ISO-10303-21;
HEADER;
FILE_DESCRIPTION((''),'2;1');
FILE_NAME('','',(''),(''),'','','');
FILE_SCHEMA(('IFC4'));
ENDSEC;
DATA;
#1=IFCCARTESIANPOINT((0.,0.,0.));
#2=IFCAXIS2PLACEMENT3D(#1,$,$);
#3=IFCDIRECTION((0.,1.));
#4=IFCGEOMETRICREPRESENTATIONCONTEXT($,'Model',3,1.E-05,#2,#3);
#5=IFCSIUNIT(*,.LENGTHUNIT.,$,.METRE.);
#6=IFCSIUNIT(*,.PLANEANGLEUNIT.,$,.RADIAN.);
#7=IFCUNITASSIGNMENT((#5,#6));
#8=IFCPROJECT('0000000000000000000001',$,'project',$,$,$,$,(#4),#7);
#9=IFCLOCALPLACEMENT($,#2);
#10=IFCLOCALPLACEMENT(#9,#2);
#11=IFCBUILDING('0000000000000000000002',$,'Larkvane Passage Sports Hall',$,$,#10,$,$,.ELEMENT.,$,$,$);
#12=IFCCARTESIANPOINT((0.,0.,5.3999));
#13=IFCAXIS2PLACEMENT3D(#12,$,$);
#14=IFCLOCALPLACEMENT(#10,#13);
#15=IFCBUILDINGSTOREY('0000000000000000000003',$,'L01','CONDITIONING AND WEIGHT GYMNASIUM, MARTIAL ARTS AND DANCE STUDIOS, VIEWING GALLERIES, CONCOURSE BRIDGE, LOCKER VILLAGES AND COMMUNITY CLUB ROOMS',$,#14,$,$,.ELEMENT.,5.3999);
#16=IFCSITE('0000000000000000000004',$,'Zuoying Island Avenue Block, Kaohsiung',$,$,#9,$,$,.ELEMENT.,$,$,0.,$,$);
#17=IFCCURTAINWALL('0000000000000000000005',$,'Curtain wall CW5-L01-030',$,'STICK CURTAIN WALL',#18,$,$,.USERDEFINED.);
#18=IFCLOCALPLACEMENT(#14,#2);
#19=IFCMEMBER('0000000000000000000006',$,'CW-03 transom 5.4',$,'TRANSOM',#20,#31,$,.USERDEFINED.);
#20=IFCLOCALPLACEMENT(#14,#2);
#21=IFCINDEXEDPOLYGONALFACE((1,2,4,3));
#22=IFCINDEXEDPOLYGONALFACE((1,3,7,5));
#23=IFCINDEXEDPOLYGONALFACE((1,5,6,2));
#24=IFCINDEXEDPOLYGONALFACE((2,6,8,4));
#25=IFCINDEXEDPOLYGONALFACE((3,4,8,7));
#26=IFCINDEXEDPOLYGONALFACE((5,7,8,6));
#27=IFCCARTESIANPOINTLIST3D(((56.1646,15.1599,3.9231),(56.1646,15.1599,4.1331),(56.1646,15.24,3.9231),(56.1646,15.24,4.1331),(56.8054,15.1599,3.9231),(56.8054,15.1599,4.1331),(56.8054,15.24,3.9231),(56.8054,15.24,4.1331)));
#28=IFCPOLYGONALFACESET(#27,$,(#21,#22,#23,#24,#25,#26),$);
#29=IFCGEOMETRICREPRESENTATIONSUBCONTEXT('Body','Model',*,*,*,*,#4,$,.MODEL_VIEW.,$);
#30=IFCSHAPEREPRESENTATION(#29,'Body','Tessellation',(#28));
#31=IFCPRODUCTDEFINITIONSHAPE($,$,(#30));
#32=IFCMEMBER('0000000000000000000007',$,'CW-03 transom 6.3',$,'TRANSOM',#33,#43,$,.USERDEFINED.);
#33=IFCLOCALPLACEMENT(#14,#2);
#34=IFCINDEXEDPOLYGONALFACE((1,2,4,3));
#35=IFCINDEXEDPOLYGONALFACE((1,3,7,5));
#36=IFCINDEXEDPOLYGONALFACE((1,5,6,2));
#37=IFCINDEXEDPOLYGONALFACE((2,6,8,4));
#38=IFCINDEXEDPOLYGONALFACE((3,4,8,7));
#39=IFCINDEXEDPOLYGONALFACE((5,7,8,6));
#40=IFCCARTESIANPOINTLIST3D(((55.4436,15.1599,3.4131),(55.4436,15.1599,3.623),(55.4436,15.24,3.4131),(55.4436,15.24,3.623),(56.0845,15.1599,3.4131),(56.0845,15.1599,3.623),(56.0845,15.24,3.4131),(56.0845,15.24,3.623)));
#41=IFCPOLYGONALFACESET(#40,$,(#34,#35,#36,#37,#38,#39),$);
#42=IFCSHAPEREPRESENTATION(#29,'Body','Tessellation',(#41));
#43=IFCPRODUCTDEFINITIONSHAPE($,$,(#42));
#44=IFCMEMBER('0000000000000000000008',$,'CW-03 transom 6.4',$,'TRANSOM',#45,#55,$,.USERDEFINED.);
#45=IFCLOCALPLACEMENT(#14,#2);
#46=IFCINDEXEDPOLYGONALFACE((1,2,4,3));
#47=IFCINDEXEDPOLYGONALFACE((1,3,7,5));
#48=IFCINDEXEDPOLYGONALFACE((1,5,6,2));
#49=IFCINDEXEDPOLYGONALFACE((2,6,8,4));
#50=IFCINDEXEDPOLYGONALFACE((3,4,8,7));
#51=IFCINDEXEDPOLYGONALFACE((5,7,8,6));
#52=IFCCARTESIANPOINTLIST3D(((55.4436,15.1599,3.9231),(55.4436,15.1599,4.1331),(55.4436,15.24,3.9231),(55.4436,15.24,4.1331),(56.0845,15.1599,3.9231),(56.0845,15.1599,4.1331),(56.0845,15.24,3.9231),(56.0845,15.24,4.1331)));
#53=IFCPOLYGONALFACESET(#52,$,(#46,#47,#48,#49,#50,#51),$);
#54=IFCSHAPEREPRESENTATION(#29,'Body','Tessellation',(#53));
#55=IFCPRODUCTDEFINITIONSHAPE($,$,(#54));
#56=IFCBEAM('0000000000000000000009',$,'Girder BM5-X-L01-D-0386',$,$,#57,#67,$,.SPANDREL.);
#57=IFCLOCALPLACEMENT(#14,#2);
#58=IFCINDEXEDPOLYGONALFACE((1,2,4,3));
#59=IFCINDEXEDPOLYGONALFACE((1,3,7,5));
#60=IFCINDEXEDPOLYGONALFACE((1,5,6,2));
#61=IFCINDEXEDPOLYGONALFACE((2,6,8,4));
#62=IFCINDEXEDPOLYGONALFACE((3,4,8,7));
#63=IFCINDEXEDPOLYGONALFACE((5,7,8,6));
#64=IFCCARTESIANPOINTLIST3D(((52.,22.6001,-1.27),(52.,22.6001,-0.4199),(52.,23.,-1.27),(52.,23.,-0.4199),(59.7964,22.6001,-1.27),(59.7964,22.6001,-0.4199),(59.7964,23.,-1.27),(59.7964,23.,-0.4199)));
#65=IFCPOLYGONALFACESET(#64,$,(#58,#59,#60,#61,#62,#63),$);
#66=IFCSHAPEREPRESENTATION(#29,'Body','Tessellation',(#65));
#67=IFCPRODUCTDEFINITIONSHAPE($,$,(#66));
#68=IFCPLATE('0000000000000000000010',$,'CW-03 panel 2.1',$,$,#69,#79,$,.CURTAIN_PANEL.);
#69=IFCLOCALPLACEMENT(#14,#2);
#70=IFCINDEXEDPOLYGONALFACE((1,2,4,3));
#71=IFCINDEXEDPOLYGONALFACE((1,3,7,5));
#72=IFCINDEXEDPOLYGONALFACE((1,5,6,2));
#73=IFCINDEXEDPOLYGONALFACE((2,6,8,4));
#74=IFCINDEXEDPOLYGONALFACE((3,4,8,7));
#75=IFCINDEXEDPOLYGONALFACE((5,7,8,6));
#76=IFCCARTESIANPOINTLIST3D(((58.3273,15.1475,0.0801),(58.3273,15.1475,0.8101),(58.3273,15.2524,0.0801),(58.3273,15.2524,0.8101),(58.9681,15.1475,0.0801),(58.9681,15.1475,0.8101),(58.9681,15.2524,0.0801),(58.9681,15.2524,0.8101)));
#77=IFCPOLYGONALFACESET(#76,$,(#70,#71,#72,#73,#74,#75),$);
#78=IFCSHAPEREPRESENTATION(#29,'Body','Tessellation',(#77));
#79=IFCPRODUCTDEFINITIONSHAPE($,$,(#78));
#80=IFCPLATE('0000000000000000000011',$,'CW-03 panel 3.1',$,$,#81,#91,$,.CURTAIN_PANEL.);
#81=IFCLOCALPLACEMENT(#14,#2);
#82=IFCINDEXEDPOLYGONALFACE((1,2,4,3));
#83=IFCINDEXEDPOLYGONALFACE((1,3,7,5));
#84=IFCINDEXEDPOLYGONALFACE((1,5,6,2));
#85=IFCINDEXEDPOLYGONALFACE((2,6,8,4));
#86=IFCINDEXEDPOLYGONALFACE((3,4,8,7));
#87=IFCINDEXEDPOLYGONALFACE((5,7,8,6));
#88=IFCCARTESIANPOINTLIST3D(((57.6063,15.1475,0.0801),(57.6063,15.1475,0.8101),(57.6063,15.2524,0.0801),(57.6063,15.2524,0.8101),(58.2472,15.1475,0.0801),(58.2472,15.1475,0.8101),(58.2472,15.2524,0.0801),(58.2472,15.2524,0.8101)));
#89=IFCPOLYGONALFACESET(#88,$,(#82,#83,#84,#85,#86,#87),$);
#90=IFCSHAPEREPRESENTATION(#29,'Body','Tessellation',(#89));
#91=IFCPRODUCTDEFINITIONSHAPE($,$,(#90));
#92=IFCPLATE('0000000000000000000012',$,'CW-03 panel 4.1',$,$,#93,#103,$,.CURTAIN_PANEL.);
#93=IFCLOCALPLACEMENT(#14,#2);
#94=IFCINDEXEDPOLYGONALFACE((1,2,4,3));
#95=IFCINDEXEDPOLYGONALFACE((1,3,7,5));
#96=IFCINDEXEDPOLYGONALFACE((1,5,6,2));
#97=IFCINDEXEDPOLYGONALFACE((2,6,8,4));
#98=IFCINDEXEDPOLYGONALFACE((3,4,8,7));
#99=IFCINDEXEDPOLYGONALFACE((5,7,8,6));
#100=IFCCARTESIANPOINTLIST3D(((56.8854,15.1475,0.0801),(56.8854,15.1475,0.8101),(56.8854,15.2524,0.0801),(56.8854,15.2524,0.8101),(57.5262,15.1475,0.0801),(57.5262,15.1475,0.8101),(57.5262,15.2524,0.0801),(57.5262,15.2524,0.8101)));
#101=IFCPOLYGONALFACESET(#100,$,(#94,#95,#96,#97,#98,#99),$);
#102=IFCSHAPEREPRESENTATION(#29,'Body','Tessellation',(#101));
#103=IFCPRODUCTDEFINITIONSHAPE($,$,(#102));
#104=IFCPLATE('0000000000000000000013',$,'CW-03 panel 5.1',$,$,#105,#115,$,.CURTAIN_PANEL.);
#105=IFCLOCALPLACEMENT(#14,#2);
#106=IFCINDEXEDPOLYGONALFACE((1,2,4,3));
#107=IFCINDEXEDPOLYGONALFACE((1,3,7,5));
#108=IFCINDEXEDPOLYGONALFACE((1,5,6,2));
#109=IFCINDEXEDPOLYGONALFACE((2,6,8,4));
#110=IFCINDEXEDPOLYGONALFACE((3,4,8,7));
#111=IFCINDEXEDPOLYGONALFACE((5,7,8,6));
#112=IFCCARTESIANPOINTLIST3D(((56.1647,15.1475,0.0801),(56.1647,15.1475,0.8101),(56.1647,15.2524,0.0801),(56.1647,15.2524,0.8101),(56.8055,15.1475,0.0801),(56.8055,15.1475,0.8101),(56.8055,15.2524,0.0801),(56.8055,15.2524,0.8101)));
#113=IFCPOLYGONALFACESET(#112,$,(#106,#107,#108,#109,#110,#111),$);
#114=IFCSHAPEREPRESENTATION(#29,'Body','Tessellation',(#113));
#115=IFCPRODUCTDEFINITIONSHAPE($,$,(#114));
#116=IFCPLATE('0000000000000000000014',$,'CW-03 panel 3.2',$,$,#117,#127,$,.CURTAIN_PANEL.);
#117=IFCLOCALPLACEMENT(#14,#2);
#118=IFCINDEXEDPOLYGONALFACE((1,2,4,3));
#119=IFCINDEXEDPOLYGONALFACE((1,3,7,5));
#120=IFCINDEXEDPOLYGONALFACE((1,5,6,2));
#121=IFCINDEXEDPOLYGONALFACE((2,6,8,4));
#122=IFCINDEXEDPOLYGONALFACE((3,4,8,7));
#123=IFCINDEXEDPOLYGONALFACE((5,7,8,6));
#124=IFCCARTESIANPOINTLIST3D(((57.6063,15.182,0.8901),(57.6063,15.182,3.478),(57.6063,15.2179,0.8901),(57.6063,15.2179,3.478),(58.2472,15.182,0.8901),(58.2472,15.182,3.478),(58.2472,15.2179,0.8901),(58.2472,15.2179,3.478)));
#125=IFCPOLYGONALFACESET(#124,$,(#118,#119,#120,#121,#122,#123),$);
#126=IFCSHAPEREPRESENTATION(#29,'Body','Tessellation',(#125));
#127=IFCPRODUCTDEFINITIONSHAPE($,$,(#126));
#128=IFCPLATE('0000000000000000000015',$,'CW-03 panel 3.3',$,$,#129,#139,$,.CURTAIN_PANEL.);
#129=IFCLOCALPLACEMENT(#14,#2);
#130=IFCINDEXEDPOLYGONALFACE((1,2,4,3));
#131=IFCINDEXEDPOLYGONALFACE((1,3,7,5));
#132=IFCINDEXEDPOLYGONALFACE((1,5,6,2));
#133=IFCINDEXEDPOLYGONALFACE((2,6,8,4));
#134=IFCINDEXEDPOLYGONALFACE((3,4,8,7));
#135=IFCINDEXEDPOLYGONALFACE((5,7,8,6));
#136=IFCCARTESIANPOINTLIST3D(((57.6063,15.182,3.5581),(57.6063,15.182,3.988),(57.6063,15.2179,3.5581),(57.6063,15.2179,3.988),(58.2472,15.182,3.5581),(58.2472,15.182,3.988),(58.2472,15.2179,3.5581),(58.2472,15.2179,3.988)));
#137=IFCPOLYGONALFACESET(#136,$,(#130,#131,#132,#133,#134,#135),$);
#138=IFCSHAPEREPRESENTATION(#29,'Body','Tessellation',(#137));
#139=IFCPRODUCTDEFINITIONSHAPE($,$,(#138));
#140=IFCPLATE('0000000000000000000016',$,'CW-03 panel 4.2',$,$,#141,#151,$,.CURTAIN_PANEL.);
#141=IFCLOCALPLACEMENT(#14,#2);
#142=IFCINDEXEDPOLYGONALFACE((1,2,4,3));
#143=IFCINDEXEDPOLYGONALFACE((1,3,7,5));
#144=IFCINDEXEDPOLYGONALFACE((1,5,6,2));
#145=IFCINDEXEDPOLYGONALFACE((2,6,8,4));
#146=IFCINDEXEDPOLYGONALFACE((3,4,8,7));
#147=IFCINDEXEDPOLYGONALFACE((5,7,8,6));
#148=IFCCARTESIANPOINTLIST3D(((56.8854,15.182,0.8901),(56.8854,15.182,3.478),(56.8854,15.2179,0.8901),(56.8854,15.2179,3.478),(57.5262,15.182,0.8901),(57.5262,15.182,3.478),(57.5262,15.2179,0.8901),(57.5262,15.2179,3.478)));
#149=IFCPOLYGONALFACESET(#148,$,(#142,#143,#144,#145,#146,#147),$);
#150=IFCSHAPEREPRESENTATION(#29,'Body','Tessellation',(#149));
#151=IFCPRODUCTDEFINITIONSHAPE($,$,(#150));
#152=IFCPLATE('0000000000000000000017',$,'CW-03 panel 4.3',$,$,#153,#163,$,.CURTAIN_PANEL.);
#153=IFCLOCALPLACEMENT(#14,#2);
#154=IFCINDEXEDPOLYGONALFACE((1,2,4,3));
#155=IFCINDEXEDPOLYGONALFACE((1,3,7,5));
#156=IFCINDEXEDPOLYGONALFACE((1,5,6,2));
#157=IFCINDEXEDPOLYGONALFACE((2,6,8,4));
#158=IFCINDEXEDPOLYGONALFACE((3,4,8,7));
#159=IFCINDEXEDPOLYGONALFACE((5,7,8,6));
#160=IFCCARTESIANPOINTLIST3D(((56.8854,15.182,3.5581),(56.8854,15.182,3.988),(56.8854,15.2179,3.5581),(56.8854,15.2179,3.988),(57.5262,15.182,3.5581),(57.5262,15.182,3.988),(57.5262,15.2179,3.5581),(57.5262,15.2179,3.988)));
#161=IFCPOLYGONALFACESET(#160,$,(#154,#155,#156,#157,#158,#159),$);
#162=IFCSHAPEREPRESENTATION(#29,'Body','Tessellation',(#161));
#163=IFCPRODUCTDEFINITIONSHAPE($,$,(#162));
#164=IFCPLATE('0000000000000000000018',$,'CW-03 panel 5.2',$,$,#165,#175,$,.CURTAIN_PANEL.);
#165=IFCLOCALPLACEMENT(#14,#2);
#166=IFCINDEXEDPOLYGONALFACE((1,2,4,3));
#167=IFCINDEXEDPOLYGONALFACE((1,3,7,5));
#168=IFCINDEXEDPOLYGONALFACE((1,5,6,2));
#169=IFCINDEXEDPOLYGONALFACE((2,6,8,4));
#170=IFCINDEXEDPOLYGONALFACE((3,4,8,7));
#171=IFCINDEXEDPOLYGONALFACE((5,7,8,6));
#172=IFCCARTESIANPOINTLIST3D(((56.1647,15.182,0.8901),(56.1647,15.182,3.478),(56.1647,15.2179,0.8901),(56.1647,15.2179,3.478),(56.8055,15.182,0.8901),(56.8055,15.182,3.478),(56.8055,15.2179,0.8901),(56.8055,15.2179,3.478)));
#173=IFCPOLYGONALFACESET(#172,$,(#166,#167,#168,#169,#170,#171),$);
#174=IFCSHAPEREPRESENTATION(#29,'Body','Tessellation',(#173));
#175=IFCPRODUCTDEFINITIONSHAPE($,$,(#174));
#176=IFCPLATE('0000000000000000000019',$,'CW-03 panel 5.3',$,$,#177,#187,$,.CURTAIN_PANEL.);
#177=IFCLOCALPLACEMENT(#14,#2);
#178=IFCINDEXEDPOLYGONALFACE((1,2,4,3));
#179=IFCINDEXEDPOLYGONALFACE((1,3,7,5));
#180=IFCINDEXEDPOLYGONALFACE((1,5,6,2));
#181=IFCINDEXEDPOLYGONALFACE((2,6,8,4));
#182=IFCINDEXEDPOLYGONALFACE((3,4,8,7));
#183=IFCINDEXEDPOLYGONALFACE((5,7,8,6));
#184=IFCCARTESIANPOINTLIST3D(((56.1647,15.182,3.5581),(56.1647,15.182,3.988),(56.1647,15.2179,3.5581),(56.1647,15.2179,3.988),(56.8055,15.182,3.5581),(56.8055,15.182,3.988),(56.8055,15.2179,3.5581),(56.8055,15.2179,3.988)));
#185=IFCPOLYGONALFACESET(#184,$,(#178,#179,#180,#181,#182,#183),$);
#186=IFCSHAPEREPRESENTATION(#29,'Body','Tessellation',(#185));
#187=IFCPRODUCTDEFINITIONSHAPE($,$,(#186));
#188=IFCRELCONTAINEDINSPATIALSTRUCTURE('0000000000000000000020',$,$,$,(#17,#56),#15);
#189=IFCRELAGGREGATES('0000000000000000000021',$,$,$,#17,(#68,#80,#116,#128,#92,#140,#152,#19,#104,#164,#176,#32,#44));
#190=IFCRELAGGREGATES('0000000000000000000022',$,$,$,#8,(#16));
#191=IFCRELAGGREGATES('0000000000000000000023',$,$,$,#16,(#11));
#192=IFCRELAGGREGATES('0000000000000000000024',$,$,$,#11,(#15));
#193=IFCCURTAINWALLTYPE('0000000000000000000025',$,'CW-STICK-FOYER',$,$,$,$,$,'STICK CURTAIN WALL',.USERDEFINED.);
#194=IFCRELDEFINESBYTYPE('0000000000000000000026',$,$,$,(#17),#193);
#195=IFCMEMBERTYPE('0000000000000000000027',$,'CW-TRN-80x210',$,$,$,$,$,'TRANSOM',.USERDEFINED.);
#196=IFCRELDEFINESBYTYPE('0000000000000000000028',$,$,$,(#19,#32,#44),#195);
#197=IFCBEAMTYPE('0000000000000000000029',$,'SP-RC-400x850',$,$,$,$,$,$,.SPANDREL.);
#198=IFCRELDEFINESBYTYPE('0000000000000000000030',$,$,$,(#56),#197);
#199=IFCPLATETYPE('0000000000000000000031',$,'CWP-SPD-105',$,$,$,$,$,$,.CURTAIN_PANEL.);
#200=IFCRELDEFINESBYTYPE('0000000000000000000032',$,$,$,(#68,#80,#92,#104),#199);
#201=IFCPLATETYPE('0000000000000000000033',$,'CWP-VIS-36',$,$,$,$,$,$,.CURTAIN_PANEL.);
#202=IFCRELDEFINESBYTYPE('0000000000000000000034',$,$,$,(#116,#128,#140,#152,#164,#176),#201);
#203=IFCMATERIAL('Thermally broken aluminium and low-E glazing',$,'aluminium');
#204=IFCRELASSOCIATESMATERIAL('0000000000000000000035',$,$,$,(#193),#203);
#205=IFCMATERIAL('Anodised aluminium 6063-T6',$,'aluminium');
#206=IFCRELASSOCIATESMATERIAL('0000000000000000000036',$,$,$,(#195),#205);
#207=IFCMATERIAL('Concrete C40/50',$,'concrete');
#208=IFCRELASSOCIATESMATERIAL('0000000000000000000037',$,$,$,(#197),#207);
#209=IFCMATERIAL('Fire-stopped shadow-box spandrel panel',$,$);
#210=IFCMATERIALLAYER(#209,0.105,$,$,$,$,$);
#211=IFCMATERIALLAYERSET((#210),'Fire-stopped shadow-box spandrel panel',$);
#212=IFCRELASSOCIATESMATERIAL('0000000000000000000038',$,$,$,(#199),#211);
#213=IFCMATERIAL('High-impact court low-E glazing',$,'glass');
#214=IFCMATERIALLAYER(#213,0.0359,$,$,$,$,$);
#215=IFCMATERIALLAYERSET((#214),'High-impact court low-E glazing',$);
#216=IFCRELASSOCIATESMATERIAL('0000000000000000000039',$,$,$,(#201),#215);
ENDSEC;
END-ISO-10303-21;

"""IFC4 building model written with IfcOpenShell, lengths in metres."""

from ifc_helpers import new_model, si_unit, direction, frame, origin, origin_2d, place, context, subcontext, project, spatial, rectangle, extrude, material, layer, layer_set, material_profile, profile_set, type_object, element, aggregate, save


model = new_model("IFC4")

# Units and contexts
model_context = context("Model", 3, precision=1e-05, world=origin(), true_north=direction((0.0, 1.0)))
body_context = subcontext(model_context, "Body", "Model", "MODEL_VIEW")
ifc_project = project(units=[si_unit("LENGTHUNIT", "METRE"), si_unit("PLANEANGLEUNIT", "RADIAN")], contexts=[model_context])

# Site, building, storey
site_placement = place(None, origin())
site = spatial("IfcSite", under=ifc_project, at=site_placement, Name="Zuoying Island Avenue Block, Kaohsiung", CompositionType="ELEMENT", RefElevation=0.0)
building_placement = place(site_placement, origin())
building = spatial("IfcBuilding", under=site, at=building_placement, Name="Larkvane Passage Sports Hall", CompositionType="ELEMENT")
storey_placement = place(building_placement, frame((0.0, 0.0, 5.3999)))
storey = spatial("IfcBuildingStorey", under=building, at=storey_placement, Name="L01", Description="CONDITIONING AND WEIGHT GYMNASIUM, MARTIAL ARTS AND DANCE STUDIOS, VIEWING GALLERIES, CONCOURSE BRIDGE, LOCKER VILLAGES AND COMMUNITY CLUB ROOMS", CompositionType="ELEMENT", Elevation=5.3999)

# Curtain wall, members
ifc_material_1 = material(Name="Thermally broken aluminium and low-E glazing", Category="aluminium")
curtain_wall_type = type_object("IfcCurtainWallType", Name="CW-STICK-FOYER", ElementType="STICK CURTAIN WALL", PredefinedType="USERDEFINED", material=ifc_material_1)
curtain_wall_placement = place(storey_placement, origin())
curtain_wall = element("IfcCurtainWall", 1, at=curtain_wall_placement, inside=storey, type_object=curtain_wall_type, Name="Curtain wall CW5-L01-030", ObjectType="STICK CURTAIN WALL", PredefinedType="USERDEFINED")
ifc_material_2 = material(Name="Anodised aluminium 6063-T6", Category="aluminium")
ifc_material_profile_1 = material_profile(ifc_material_2, rectangle(XDim=0.0801, YDim=0.21, at=origin_2d()), Name="ALU-TRN-80x210")
ifc_profile_set_1 = profile_set([ifc_material_profile_1], Name="Anodised aluminium 6063-T6")
member_type_1 = type_object("IfcMemberType", Name="CW-TRN-80x210", ElementType="TRANSOM", PredefinedType="USERDEFINED", material=ifc_profile_set_1)
member_1_placement = place(storey_placement, frame((56.8054, 15.2, 4.0281), z_axis=(-1.0, 0.0, 0.0), x_axis=(0.0, -1.0, 0.0)))
member_1 = element("IfcMember", 2, at=member_1_placement, type_object=member_type_1, Name="CW-03 transom 5.4", ObjectType="TRANSOM", PredefinedType="USERDEFINED", context=body_context, shape_type="SweptSolid", body=[
    extrude(rectangle(XDim=0.0801, YDim=0.21, at=origin_2d()), origin(), (0.0, 0.0, 1.0), 0.6409),
])
member_2_placement = place(storey_placement, frame((56.0845, 15.2, 3.5181), z_axis=(-1.0, 0.0, 0.0), x_axis=(0.0, -1.0, 0.0)))
member_2 = element("IfcMember", 3, at=member_2_placement, type_object=member_type_1, Name="CW-03 transom 6.3", ObjectType="TRANSOM", PredefinedType="USERDEFINED", context=body_context, shape_type="SweptSolid", body=[
    extrude(rectangle(XDim=0.0801, YDim=0.21, at=origin_2d()), origin(), (0.0, 0.0, 1.0), 0.6409),
])
member_3_placement = place(storey_placement, frame((56.0845, 15.2, 4.0281), z_axis=(-1.0, 0.0, 0.0), x_axis=(0.0, -1.0, 0.0)))
member_3 = element("IfcMember", 4, at=member_3_placement, type_object=member_type_1, Name="CW-03 transom 6.4", ObjectType="TRANSOM", PredefinedType="USERDEFINED", context=body_context, shape_type="SweptSolid", body=[
    extrude(rectangle(XDim=0.0801, YDim=0.21, at=origin_2d()), origin(), (0.0, 0.0, 1.0), 0.6409),
])

# Beam
ifc_material_3 = material(Name="Concrete C40/50", Category="concrete")
ifc_material_profile_2 = material_profile(ifc_material_3, rectangle(XDim=0.3999, YDim=0.8501, at=origin_2d()), Name="RC-SP-400x850")
ifc_profile_set_2 = profile_set([ifc_material_profile_2], Name="Concrete C40/50")
beam_type = type_object("IfcBeamType", Name="SP-RC-400x850", PredefinedType="SPANDREL", material=ifc_profile_set_2)
beam_placement = place(storey_placement, frame((52.0, 22.8, -0.845), z_axis=(1.0, 0.0, 0.0), x_axis=(0.0, 1.0, 0.0)))
element("IfcBeam", 5, at=beam_placement, inside=storey, type_object=beam_type, Name="Girder BM5-X-L01-D-0386", PredefinedType="SPANDREL", context=body_context, shape_type="SweptSolid", body=[
    extrude(rectangle(XDim=0.3999, YDim=0.8501, at=origin_2d()), origin(), (0.0, 0.0, 1.0), 7.7964),
])

# Plates
ifc_material_4 = material(Name="Fire-stopped shadow-box spandrel panel")
ifc_layer_1 = layer(ifc_material_4, 0.105)
ifc_layer_set_1 = layer_set([ifc_layer_1], Name="Fire-stopped shadow-box spandrel panel")
plate_type_1 = type_object("IfcPlateType", Name="CWP-SPD-105", PredefinedType="CURTAIN_PANEL", material=ifc_layer_set_1)
plate_1_placement = place(storey_placement, frame((58.6477, 15.2, 0.0801), z_axis=(0.0, 0.0, 1.0), x_axis=(-1.0, 0.0, 0.0)))
plate_1 = element("IfcPlate", 6, at=plate_1_placement, type_object=plate_type_1, Name="CW-03 panel 2.1", PredefinedType="CURTAIN_PANEL", context=body_context, shape_type="SweptSolid", body=[
    extrude(rectangle(XDim=0.6409, YDim=0.105, at=origin_2d()), origin(), (0.0, 0.0, 1.0), 0.73),
])
plate_2_placement = place(storey_placement, frame((57.9268, 15.2, 0.0801), z_axis=(0.0, 0.0, 1.0), x_axis=(-1.0, 0.0, 0.0)))
plate_2 = element("IfcPlate", 7, at=plate_2_placement, type_object=plate_type_1, Name="CW-03 panel 3.1", PredefinedType="CURTAIN_PANEL", context=body_context, shape_type="SweptSolid", body=[
    extrude(rectangle(XDim=0.6409, YDim=0.105, at=origin_2d()), origin(), (0.0, 0.0, 1.0), 0.73),
])
plate_3_placement = place(storey_placement, frame((57.2058, 15.2, 0.0801), z_axis=(0.0, 0.0, 1.0), x_axis=(-1.0, 0.0, 0.0)))
plate_3 = element("IfcPlate", 8, at=plate_3_placement, type_object=plate_type_1, Name="CW-03 panel 4.1", PredefinedType="CURTAIN_PANEL", context=body_context, shape_type="SweptSolid", body=[
    extrude(rectangle(XDim=0.6409, YDim=0.105, at=origin_2d()), origin(), (0.0, 0.0, 1.0), 0.73),
])
plate_4_placement = place(storey_placement, frame((56.4851, 15.2, 0.0801), z_axis=(0.0, 0.0, 1.0), x_axis=(-1.0, 0.0, 0.0)))
plate_4 = element("IfcPlate", 9, at=plate_4_placement, type_object=plate_type_1, Name="CW-03 panel 5.1", PredefinedType="CURTAIN_PANEL", context=body_context, shape_type="SweptSolid", body=[
    extrude(rectangle(XDim=0.6409, YDim=0.105, at=origin_2d()), origin(), (0.0, 0.0, 1.0), 0.73),
])
ifc_material_5 = material(Name="High-impact court low-E glazing", Category="glass")
ifc_layer_2 = layer(ifc_material_5, 0.0359)
ifc_layer_set_2 = layer_set([ifc_layer_2], Name="High-impact court low-E glazing")
plate_type_2 = type_object("IfcPlateType", Name="CWP-VIS-36", PredefinedType="CURTAIN_PANEL", material=ifc_layer_set_2)
plate_5_placement = place(storey_placement, frame((57.9268, 15.2, 0.8901), z_axis=(0.0, 0.0, 1.0), x_axis=(-1.0, 0.0, 0.0)))
plate_5 = element("IfcPlate", 10, at=plate_5_placement, type_object=plate_type_2, Name="CW-03 panel 3.2", PredefinedType="CURTAIN_PANEL", context=body_context, shape_type="SweptSolid", body=[
    extrude(rectangle(XDim=0.6409, YDim=0.0359, at=origin_2d()), origin(), (0.0, 0.0, 1.0), 2.5879),
])
plate_6_placement = place(storey_placement, frame((57.9268, 15.2, 3.5581), z_axis=(0.0, 0.0, 1.0), x_axis=(-1.0, 0.0, 0.0)))
plate_6 = element("IfcPlate", 11, at=plate_6_placement, type_object=plate_type_2, Name="CW-03 panel 3.3", PredefinedType="CURTAIN_PANEL", context=body_context, shape_type="SweptSolid", body=[
    extrude(rectangle(XDim=0.6409, YDim=0.0359, at=origin_2d()), origin(), (0.0, 0.0, 1.0), 0.4299),
])
plate_7_placement = place(storey_placement, frame((57.2058, 15.2, 0.8901), z_axis=(0.0, 0.0, 1.0), x_axis=(-1.0, 0.0, 0.0)))
plate_7 = element("IfcPlate", 12, at=plate_7_placement, type_object=plate_type_2, Name="CW-03 panel 4.2", PredefinedType="CURTAIN_PANEL", context=body_context, shape_type="SweptSolid", body=[
    extrude(rectangle(XDim=0.6409, YDim=0.0359, at=origin_2d()), origin(), (0.0, 0.0, 1.0), 2.5879),
])
plate_8_placement = place(storey_placement, frame((57.2058, 15.2, 3.5581), z_axis=(0.0, 0.0, 1.0), x_axis=(-1.0, 0.0, 0.0)))
plate_8 = element("IfcPlate", 13, at=plate_8_placement, type_object=plate_type_2, Name="CW-03 panel 4.3", PredefinedType="CURTAIN_PANEL", context=body_context, shape_type="SweptSolid", body=[
    extrude(rectangle(XDim=0.6409, YDim=0.0359, at=origin_2d()), origin(), (0.0, 0.0, 1.0), 0.4299),
])
plate_9_placement = place(storey_placement, frame((56.4851, 15.2, 0.8901), z_axis=(0.0, 0.0, 1.0), x_axis=(-1.0, 0.0, 0.0)))
plate_9 = element("IfcPlate", 14, at=plate_9_placement, type_object=plate_type_2, Name="CW-03 panel 5.2", PredefinedType="CURTAIN_PANEL", context=body_context, shape_type="SweptSolid", body=[
    extrude(rectangle(XDim=0.6409, YDim=0.0359, at=origin_2d()), origin(), (0.0, 0.0, 1.0), 2.5879),
])
plate_10_placement = place(storey_placement, frame((56.4851, 15.2, 3.5581), z_axis=(0.0, 0.0, 1.0), x_axis=(-1.0, 0.0, 0.0)))
plate_10 = element("IfcPlate", 15, at=plate_10_placement, type_object=plate_type_2, Name="CW-03 panel 5.3", PredefinedType="CURTAIN_PANEL", context=body_context, shape_type="SweptSolid", body=[
    extrude(rectangle(XDim=0.6409, YDim=0.0359, at=origin_2d()), origin(), (0.0, 0.0, 1.0), 0.4299),
])
aggregate(curtain_wall, [plate_1, plate_2, plate_5, plate_6, plate_3, plate_7, plate_8, member_1, plate_4, plate_9, plate_10, member_2, member_3])

save(model, "model.ifc")
